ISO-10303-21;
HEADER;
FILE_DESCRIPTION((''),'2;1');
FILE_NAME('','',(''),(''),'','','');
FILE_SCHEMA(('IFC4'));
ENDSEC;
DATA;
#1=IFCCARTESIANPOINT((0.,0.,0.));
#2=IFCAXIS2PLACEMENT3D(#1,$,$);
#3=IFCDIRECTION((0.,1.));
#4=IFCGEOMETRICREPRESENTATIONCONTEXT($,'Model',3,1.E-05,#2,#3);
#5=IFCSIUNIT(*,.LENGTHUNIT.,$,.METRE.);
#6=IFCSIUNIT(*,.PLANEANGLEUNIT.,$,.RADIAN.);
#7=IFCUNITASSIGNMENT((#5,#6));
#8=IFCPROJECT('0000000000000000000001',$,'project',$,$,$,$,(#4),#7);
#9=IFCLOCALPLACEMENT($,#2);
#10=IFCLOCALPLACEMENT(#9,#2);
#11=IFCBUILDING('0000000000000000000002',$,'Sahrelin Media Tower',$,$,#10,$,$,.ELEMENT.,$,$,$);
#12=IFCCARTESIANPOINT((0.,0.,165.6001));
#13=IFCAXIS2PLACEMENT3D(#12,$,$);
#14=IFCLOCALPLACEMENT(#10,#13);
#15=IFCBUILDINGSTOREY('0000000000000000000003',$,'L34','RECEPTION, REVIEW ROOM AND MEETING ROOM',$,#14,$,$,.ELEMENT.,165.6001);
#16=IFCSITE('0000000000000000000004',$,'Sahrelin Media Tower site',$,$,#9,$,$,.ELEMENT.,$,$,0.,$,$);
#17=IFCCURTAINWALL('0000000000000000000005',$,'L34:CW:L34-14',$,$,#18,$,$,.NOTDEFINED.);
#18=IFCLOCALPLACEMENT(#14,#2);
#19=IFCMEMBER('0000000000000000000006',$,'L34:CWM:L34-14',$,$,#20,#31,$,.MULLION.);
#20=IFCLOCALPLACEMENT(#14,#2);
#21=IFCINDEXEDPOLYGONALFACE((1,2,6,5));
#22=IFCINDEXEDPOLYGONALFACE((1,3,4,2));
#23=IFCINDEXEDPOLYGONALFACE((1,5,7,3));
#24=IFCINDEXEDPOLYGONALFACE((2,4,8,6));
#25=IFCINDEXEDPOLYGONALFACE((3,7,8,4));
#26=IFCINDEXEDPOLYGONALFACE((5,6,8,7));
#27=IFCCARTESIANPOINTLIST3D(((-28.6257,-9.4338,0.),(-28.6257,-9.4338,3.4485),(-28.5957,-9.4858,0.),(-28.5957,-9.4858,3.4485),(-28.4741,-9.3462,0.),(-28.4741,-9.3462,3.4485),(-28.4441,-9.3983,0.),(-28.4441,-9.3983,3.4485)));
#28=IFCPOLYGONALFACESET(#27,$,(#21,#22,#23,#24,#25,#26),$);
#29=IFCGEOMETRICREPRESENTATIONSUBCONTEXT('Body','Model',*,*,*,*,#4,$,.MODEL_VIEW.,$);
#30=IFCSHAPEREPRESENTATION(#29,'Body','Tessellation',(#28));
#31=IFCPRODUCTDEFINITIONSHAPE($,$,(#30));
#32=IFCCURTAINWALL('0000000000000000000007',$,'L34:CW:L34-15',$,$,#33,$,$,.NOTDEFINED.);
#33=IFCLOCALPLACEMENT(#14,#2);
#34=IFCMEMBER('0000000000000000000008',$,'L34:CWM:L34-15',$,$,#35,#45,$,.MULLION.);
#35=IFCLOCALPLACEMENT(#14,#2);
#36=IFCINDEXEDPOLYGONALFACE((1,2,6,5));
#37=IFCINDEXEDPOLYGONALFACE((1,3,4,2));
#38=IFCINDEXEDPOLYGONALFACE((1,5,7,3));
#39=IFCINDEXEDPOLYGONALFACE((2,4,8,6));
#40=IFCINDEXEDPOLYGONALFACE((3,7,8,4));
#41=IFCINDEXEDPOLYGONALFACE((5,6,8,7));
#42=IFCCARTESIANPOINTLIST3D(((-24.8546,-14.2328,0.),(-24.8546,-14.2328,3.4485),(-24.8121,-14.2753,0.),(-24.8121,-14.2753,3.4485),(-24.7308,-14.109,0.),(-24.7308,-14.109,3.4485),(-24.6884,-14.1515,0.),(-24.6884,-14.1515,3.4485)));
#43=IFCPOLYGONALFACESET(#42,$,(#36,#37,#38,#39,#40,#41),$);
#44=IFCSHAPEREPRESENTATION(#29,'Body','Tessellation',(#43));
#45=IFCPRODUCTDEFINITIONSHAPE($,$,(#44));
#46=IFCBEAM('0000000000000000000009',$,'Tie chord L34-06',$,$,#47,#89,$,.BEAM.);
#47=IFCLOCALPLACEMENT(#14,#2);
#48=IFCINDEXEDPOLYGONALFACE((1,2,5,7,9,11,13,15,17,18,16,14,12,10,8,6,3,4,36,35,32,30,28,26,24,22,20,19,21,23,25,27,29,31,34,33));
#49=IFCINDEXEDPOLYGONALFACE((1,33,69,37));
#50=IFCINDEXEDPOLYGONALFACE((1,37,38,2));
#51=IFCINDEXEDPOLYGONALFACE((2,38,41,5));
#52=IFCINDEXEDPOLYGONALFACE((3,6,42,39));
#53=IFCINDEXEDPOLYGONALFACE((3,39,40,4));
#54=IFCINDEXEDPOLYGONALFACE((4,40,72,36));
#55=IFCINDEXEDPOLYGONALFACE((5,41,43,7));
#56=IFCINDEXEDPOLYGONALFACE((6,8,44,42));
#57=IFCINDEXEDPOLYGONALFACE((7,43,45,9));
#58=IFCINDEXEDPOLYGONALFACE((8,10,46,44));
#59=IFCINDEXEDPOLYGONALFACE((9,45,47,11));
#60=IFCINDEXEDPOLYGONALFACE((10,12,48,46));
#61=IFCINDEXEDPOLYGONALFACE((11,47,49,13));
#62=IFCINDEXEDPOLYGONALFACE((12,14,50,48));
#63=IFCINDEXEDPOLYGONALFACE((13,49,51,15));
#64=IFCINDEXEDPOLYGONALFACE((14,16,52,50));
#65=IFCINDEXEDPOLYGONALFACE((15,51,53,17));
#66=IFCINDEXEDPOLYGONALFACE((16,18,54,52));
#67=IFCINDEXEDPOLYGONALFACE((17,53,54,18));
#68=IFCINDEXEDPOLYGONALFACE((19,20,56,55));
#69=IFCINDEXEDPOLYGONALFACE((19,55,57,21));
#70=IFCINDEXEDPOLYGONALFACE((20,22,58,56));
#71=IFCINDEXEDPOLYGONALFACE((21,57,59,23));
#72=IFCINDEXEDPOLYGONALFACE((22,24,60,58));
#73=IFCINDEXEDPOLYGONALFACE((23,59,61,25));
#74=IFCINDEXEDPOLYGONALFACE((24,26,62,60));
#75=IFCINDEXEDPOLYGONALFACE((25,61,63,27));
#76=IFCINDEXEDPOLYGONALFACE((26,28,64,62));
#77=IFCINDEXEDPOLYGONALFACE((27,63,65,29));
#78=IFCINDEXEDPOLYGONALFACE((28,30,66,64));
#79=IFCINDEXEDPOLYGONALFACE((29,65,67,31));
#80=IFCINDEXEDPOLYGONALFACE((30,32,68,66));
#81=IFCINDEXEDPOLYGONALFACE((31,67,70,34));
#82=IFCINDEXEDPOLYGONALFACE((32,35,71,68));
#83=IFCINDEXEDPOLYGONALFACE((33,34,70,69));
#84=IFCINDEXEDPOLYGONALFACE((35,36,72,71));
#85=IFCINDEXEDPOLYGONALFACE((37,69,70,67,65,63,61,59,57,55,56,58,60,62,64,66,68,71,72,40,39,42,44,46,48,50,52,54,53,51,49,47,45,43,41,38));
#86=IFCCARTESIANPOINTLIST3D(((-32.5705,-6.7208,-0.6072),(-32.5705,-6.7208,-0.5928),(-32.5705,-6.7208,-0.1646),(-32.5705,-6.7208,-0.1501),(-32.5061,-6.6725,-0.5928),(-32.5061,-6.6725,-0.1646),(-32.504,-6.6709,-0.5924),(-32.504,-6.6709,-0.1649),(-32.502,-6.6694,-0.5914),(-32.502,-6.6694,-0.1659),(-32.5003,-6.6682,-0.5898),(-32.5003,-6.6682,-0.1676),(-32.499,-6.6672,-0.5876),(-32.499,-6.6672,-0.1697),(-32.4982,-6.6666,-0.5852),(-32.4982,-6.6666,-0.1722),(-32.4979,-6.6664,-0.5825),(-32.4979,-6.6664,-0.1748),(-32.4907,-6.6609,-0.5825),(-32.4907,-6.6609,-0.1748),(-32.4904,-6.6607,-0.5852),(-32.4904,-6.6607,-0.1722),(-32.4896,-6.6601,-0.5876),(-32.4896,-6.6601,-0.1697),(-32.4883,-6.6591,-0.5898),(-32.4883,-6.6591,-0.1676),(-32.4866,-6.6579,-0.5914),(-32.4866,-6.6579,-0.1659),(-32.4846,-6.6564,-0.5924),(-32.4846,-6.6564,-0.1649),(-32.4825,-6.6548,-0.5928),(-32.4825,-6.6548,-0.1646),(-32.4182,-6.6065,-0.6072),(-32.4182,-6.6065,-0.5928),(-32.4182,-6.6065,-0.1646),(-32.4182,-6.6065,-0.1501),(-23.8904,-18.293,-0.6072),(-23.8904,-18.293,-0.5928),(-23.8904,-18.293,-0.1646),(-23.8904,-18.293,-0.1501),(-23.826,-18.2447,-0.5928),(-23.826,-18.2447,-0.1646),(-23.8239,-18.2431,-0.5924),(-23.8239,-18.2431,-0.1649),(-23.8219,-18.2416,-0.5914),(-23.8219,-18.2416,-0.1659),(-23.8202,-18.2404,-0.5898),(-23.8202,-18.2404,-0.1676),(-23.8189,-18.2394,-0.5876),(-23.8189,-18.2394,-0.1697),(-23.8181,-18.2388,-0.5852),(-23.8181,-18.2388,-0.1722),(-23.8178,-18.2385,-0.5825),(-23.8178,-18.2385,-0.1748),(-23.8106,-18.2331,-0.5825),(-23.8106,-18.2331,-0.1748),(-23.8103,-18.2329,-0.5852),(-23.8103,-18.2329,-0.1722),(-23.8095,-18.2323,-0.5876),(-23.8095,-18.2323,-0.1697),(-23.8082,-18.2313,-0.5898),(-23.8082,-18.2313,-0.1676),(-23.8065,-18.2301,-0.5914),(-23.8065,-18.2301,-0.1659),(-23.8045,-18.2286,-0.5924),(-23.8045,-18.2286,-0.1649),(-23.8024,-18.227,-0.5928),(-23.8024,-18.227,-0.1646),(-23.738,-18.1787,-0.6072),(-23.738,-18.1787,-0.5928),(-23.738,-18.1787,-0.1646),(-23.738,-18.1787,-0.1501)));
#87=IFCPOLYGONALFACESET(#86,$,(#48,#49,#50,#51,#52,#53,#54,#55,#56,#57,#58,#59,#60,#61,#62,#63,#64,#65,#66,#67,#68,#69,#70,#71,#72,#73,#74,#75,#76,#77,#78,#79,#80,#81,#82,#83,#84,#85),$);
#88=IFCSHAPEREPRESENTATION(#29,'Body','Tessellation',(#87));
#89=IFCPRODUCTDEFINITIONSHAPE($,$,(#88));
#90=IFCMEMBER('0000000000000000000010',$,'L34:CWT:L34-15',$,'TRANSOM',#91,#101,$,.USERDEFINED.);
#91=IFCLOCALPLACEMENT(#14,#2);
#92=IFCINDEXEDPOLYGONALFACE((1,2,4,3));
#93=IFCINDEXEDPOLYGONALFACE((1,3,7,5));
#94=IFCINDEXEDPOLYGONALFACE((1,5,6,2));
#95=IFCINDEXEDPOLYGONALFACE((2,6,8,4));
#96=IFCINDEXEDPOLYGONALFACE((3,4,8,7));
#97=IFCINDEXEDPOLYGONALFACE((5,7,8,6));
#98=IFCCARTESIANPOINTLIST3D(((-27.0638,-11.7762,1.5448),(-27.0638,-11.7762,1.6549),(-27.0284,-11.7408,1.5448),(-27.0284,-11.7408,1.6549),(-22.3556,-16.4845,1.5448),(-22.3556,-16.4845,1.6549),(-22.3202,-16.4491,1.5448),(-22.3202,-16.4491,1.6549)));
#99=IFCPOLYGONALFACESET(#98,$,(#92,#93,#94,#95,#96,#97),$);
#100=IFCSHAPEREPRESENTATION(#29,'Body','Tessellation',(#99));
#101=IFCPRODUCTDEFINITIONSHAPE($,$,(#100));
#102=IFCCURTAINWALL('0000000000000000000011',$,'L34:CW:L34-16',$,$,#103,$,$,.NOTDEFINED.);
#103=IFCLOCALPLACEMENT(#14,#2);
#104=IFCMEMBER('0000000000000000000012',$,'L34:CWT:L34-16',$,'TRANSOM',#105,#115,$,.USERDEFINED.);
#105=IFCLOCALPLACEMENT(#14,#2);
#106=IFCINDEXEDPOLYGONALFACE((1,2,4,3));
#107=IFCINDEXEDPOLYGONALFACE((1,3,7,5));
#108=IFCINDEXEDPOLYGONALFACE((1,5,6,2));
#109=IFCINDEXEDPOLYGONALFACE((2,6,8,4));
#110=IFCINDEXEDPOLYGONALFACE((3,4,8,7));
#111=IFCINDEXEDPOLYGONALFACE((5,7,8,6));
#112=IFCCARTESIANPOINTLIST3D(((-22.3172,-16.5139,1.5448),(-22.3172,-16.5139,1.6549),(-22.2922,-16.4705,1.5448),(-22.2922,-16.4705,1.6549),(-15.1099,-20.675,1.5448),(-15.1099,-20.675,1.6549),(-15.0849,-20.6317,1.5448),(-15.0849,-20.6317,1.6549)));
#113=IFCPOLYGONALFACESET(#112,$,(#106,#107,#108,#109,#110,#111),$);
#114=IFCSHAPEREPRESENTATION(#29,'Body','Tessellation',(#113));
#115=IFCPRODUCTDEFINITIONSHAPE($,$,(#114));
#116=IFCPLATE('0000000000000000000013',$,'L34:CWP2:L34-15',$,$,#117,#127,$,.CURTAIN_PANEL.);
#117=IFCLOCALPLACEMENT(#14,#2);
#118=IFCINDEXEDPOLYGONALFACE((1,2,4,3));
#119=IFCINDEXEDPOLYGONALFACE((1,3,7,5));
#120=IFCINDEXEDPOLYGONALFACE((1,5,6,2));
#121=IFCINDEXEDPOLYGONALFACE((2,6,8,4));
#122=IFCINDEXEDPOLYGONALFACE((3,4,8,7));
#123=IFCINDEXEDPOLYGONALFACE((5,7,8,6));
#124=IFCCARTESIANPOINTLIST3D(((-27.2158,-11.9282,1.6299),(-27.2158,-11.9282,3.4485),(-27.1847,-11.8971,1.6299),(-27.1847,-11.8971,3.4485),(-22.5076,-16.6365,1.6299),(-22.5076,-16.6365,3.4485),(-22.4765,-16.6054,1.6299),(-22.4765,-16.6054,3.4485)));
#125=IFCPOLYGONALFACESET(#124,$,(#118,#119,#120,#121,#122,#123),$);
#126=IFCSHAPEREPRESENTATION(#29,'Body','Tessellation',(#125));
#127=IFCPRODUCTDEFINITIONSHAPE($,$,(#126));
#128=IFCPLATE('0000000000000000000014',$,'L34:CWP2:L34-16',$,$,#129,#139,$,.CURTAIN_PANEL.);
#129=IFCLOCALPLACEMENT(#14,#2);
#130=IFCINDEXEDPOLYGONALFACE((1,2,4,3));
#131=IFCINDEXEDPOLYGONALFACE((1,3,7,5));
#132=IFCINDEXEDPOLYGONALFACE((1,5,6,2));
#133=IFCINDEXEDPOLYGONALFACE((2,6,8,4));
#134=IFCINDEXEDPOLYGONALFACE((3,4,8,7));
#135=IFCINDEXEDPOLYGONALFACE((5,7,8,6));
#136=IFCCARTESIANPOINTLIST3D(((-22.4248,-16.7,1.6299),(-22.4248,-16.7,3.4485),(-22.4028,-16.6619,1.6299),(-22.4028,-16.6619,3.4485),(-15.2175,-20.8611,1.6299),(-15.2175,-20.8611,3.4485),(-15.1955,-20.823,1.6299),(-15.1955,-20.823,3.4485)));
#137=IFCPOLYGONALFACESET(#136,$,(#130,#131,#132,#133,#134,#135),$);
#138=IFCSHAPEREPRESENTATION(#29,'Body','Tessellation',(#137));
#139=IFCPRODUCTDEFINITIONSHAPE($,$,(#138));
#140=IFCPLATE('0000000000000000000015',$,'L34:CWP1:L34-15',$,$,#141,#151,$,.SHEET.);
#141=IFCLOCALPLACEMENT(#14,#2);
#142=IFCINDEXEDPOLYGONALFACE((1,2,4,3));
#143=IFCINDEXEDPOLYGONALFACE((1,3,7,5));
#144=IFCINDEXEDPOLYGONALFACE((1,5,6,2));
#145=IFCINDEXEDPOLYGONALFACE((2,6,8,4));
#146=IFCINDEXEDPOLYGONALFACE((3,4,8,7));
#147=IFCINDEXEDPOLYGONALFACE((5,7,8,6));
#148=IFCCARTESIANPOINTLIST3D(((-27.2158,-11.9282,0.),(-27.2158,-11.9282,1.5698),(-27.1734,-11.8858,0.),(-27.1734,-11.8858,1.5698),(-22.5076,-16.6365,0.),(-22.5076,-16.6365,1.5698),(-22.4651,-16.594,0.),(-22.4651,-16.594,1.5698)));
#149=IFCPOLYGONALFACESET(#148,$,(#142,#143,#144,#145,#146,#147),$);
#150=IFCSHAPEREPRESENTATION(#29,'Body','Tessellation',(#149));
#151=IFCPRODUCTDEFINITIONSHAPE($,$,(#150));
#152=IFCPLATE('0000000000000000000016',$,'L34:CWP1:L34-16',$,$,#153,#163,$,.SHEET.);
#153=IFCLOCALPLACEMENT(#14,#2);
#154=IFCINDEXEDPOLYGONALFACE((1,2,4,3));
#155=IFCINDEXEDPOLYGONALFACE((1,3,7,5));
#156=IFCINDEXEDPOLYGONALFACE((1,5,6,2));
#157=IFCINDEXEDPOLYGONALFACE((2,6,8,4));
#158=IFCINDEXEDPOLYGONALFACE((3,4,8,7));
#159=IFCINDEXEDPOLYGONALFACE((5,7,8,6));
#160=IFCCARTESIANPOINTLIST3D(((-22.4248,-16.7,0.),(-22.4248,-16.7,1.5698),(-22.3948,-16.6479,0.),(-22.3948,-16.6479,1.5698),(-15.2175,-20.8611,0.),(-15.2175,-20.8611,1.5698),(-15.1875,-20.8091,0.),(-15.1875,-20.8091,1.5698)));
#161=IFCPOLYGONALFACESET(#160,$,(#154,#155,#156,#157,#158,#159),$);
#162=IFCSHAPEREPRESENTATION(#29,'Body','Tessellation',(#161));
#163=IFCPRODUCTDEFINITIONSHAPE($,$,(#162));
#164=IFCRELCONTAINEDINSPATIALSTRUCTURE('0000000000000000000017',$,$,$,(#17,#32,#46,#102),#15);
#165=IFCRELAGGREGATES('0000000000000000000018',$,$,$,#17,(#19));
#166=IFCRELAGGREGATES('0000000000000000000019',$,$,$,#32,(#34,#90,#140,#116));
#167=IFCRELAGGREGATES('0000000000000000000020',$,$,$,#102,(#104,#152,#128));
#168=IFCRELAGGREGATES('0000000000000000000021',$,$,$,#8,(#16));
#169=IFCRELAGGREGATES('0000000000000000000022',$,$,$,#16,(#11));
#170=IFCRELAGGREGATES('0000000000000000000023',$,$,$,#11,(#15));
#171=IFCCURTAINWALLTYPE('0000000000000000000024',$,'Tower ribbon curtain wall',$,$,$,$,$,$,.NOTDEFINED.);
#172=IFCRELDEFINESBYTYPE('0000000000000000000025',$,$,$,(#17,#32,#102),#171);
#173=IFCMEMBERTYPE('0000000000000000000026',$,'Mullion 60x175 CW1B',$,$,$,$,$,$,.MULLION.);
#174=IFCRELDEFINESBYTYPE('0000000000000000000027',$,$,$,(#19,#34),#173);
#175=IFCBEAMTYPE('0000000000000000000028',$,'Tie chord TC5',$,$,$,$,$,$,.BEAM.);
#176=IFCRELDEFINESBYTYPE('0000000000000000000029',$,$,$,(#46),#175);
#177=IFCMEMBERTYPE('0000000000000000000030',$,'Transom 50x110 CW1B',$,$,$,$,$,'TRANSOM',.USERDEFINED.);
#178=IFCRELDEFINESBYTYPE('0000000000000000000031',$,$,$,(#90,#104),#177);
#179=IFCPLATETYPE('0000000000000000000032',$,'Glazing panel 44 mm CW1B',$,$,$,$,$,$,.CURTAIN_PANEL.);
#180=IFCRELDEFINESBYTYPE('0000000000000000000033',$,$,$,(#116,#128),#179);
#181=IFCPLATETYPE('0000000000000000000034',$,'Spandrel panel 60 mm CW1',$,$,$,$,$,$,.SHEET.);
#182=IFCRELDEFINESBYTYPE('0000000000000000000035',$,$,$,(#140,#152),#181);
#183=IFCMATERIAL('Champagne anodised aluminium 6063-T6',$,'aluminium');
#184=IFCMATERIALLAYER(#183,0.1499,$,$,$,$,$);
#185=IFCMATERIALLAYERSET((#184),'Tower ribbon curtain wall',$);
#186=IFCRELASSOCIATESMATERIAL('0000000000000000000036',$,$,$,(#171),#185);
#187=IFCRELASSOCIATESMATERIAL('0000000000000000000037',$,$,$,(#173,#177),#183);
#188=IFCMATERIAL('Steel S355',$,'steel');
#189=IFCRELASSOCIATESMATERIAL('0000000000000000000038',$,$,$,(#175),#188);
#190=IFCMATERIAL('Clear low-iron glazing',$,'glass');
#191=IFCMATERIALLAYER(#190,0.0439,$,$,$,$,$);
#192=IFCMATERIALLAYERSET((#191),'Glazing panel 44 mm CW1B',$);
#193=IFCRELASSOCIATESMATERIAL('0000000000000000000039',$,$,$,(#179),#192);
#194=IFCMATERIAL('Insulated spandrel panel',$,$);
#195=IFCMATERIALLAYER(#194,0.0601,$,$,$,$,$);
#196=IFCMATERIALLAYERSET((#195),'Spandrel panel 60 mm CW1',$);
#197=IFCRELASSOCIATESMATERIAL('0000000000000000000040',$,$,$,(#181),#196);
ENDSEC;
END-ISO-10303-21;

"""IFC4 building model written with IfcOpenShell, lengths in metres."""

from ifc_helpers import new_model, si_unit, direction, frame, origin, origin_2d, place, context, subcontext, project, spatial, polyline, rectangle, i_section, outline, extrude, material, layer, layer_set, material_profile, profile_set, type_object, element, aggregate, save


model = new_model("IFC4")

# Units and contexts
model_context = context("Model", 3, precision=1e-05, world=origin(), true_north=direction((0.0, 1.0)))
body_context = subcontext(model_context, "Body", "Model", "MODEL_VIEW")
ifc_project = project(units=[si_unit("LENGTHUNIT", "METRE"), si_unit("PLANEANGLEUNIT", "RADIAN")], contexts=[model_context])

# Site, building, storey
site_placement = place(None, origin())
site = spatial("IfcSite", under=ifc_project, at=site_placement, Name="Sahrelin Media Tower site", CompositionType="ELEMENT", RefElevation=0.0)
building_placement = place(site_placement, origin())
building = spatial("IfcBuilding", under=site, at=building_placement, Name="Sahrelin Media Tower", CompositionType="ELEMENT")
storey_placement = place(building_placement, frame((0.0, 0.0, 165.6001)))
storey = spatial("IfcBuildingStorey", under=building, at=storey_placement, Name="L34", Description="RECEPTION, REVIEW ROOM AND MEETING ROOM", CompositionType="ELEMENT", Elevation=165.6001)

# Shared definitions
ifc_material_1 = material(Name="Steel S355", Category="steel")

# Curtain walls, members
ifc_material_2 = material(Name="Champagne anodised aluminium 6063-T6", Category="aluminium")
ifc_layer_1 = layer(ifc_material_2, 0.1499)
ifc_layer_set_1 = layer_set([ifc_layer_1], Name="Tower ribbon curtain wall")
curtain_wall_type = type_object("IfcCurtainWallType", Name="Tower ribbon curtain wall", PredefinedType="NOTDEFINED", material=ifc_layer_set_1)
curtain_wall_1_placement = place(storey_placement, frame((-28.6279, -9.4697, 0.0), z_axis=(0.0, 0.0, 1.0), x_axis=(1.0, 0.0, 0.0)))
curtain_wall_1 = element("IfcCurtainWall", 1, at=curtain_wall_1_placement, inside=storey, type_object=curtain_wall_type, Name="L34:CW:L34-14", PredefinedType="NOTDEFINED")
ifc_material_profile_1 = material_profile(ifc_material_2, rectangle(XDim=0.0601, YDim=0.175, at=origin_2d()), Name="Mullion 60x175")
ifc_profile_set_1 = profile_set([ifc_material_profile_1], Name="Champagne anodised aluminium 6063-T6")
member_type_1 = type_object("IfcMemberType", Name="Mullion 60x175 CW1B", PredefinedType="MULLION", material=ifc_profile_set_1)
member_1_placement = place(storey_placement, frame((-28.5349, -9.416, 0.0), z_axis=(0.0, 0.0, 1.0), x_axis=(0.500003, -0.866024, 0.0)))
member_1 = element("IfcMember", 2, at=member_1_placement, type_object=member_type_1, Name="L34:CWM:L34-14", PredefinedType="MULLION", context=body_context, shape_type="SweptSolid", body=[
    extrude(rectangle(XDim=0.0601, YDim=0.175, at=origin_2d()), origin(), (0.0, 0.0, 1.0), 3.4485),
])
aggregate(curtain_wall_1, [member_1])
curtain_wall_2_placement = place(storey_placement, frame((-24.8474, -14.2683, 0.0), z_axis=(0.0, 0.0, 1.0), x_axis=(1.0, 0.0, 0.0)))
curtain_wall_2 = element("IfcCurtainWall", 3, at=curtain_wall_2_placement, inside=storey, type_object=curtain_wall_type, Name="L34:CW:L34-15", PredefinedType="NOTDEFINED")
member_2_placement = place(storey_placement, frame((-24.7715, -14.1921, 0.0), z_axis=(0.0, 0.0, 1.0), x_axis=(0.707099, -0.707114, 0.0)))
member_2 = element("IfcMember", 4, at=member_2_placement, type_object=member_type_1, Name="L34:CWM:L34-15", PredefinedType="MULLION", context=body_context, shape_type="SweptSolid", body=[
    extrude(rectangle(XDim=0.0601, YDim=0.175, at=origin_2d()), origin(), (0.0, 0.0, 1.0), 3.4485),
])

# Beam
ifc_material_profile_2 = material_profile(ifc_material_1, i_section(OverallWidth=0.1904, OverallDepth=0.457, WebThickness=0.009, FlangeThickness=0.0144, FilletRadius=0.0103, at=origin_2d()), Name="UB 457x191x74")
ifc_profile_set_2 = profile_set([ifc_material_profile_2], Name="Steel S355")
beam_type_1 = type_object("IfcBeamType", Name="Tie chord TC5", PredefinedType="BEAM", material=ifc_profile_set_2)
beam_1_placement = place(storey_placement, frame((-23.8142, -18.2358, -0.3787), z_axis=(-0.600043, 0.799968, 0.0), x_axis=(-0.799968, -0.600043, 0.0)))
element("IfcBeam", 5, at=beam_1_placement, inside=storey, type_object=beam_type_1, Name="Tie chord L34-06", PredefinedType="BEAM", context=body_context, shape_type="SweptSolid", body=[
    extrude(i_section(OverallWidth=0.1904, OverallDepth=0.457, WebThickness=0.009, FlangeThickness=0.0144, FilletRadius=0.0103, at=origin_2d()), origin(), (0.0, 0.0, 1.0), 14.4658),
])

# Member
ifc_material_profile_3 = material_profile(ifc_material_2, rectangle(XDim=0.05, YDim=0.1101, at=origin_2d()), Name="Transom 50x110")
ifc_profile_set_3 = profile_set([ifc_material_profile_3], Name="Champagne anodised aluminium 6063-T6")
member_type_2 = type_object("IfcMemberType", Name="Transom 50x110 CW1B", ElementType="TRANSOM", PredefinedType="USERDEFINED", material=ifc_profile_set_3)
member_3_placement = place(storey_placement, frame((-27.0461, -11.7585, 1.5999), z_axis=(0.707107, -0.707107, 0.0), x_axis=(0.707107, 0.707107, 0.0)))
member_3 = element("IfcMember", 6, at=member_3_placement, type_object=member_type_2, Name="L34:CWT:L34-15", ObjectType="TRANSOM", PredefinedType="USERDEFINED", context=body_context, shape_type="SweptSolid", body=[
    extrude(rectangle(XDim=0.05, YDim=0.1101, at=origin_2d()), origin(), (0.0, 0.0, 1.0), 6.6584),
])

# Curtain wall, member
curtain_wall_3_placement = place(storey_placement, frame((-18.8113, -18.7632, 0.0), z_axis=(0.0, 0.0, 1.0), x_axis=(1.0, 0.0, 0.0)))
curtain_wall_3 = element("IfcCurtainWall", 7, at=curtain_wall_3_placement, inside=storey, type_object=curtain_wall_type, Name="L34:CW:L34-16", PredefinedType="NOTDEFINED")
member_4_placement = place(storey_placement, frame((-22.3047, -16.4922, 1.5999), z_axis=(0.866025, -0.500001, 0.0), x_axis=(0.500001, 0.866025, 0.0)))
member_4 = element("IfcMember", 8, at=member_4_placement, type_object=member_type_2, Name="L34:CWT:L34-16", ObjectType="TRANSOM", PredefinedType="USERDEFINED", context=body_context, shape_type="SweptSolid", body=[
    extrude(rectangle(XDim=0.05, YDim=0.1101, at=origin_2d()), origin(), (0.0, 0.0, 1.0), 8.3223),
])

# Plates
ifc_material_3 = material(Name="Clear low-iron glazing", Category="glass")
ifc_layer_2 = layer(ifc_material_3, 0.0439)
ifc_layer_set_2 = layer_set([ifc_layer_2], Name="Glazing panel 44 mm CW1B")
plate_type_1 = type_object("IfcPlateType", Name="Glazing panel 44 mm CW1B", PredefinedType="CURTAIN_PANEL", material=ifc_layer_set_2)
plate_1_placement = place(storey_placement, frame((-27.2158, -11.9282, 1.6299), z_axis=(-0.707107, -0.707107, 0.0), x_axis=(0.707107, -0.707107, 0.0)))
plate_1 = element("IfcPlate", 9, at=plate_1_placement, type_object=plate_type_1, Name="L34:CWP2:L34-15", PredefinedType="CURTAIN_PANEL", context=body_context, shape_type="SweptSolid", body=[
    extrude(outline(polyline([(0.0, 0.0), (6.6584, 0.0), (6.6584, 1.8186), (0.0, 1.8186), (0.0, 0.0)])), origin(), (0.0, 0.0, -1.0), 0.0439),
])
plate_2_placement = place(storey_placement, frame((-22.4248, -16.7, 1.6299), z_axis=(-0.500001, -0.866025, 0.0), x_axis=(0.866025, -0.500001, 0.0)))
plate_2 = element("IfcPlate", 10, at=plate_2_placement, type_object=plate_type_1, Name="L34:CWP2:L34-16", PredefinedType="CURTAIN_PANEL", context=body_context, shape_type="SweptSolid", body=[
    extrude(outline(polyline([(0.0, 0.0), (8.3223, 0.0), (8.3223, 1.8186), (0.0, 1.8186), (0.0, 0.0)])), origin(), (0.0, 0.0, -1.0), 0.0439),
])
ifc_material_4 = material(Name="Insulated spandrel panel")
ifc_layer_3 = layer(ifc_material_4, 0.0601)
ifc_layer_set_3 = layer_set([ifc_layer_3], Name="Spandrel panel 60 mm CW1")
plate_type_2 = type_object("IfcPlateType", Name="Spandrel panel 60 mm CW1", PredefinedType="SHEET", material=ifc_layer_set_3)
plate_3_placement = place(storey_placement, frame((-27.2158, -11.9282, 0.0), z_axis=(-0.707107, -0.707107, 0.0), x_axis=(0.707107, -0.707107, 0.0)))
plate_3 = element("IfcPlate", 11, at=plate_3_placement, type_object=plate_type_2, Name="L34:CWP1:L34-15", PredefinedType="SHEET", context=body_context, shape_type="SweptSolid", body=[
    extrude(outline(polyline([(0.0, 0.0), (6.6584, 0.0), (6.6584, 1.5698), (0.0, 1.5698), (0.0, 0.0)])), origin(), (0.0, 0.0, -1.0), 0.0601),
])
aggregate(curtain_wall_2, [member_2, member_3, plate_3, plate_1])
plate_4_placement = place(storey_placement, frame((-22.4248, -16.7, 0.0), z_axis=(-0.500001, -0.866025, 0.0), x_axis=(0.866025, -0.500001, 0.0)))
plate_4 = element("IfcPlate", 12, at=plate_4_placement, type_object=plate_type_2, Name="L34:CWP1:L34-16", PredefinedType="SHEET", context=body_context, shape_type="SweptSolid", body=[
    extrude(outline(polyline([(0.0, 0.0), (8.3223, 0.0), (8.3223, 1.5698), (0.0, 1.5698), (0.0, 0.0)])), origin(), (0.0, 0.0, -1.0), 0.0601),
])
aggregate(curtain_wall_3, [member_4, plate_4, plate_2])

save(model, "model.ifc")
